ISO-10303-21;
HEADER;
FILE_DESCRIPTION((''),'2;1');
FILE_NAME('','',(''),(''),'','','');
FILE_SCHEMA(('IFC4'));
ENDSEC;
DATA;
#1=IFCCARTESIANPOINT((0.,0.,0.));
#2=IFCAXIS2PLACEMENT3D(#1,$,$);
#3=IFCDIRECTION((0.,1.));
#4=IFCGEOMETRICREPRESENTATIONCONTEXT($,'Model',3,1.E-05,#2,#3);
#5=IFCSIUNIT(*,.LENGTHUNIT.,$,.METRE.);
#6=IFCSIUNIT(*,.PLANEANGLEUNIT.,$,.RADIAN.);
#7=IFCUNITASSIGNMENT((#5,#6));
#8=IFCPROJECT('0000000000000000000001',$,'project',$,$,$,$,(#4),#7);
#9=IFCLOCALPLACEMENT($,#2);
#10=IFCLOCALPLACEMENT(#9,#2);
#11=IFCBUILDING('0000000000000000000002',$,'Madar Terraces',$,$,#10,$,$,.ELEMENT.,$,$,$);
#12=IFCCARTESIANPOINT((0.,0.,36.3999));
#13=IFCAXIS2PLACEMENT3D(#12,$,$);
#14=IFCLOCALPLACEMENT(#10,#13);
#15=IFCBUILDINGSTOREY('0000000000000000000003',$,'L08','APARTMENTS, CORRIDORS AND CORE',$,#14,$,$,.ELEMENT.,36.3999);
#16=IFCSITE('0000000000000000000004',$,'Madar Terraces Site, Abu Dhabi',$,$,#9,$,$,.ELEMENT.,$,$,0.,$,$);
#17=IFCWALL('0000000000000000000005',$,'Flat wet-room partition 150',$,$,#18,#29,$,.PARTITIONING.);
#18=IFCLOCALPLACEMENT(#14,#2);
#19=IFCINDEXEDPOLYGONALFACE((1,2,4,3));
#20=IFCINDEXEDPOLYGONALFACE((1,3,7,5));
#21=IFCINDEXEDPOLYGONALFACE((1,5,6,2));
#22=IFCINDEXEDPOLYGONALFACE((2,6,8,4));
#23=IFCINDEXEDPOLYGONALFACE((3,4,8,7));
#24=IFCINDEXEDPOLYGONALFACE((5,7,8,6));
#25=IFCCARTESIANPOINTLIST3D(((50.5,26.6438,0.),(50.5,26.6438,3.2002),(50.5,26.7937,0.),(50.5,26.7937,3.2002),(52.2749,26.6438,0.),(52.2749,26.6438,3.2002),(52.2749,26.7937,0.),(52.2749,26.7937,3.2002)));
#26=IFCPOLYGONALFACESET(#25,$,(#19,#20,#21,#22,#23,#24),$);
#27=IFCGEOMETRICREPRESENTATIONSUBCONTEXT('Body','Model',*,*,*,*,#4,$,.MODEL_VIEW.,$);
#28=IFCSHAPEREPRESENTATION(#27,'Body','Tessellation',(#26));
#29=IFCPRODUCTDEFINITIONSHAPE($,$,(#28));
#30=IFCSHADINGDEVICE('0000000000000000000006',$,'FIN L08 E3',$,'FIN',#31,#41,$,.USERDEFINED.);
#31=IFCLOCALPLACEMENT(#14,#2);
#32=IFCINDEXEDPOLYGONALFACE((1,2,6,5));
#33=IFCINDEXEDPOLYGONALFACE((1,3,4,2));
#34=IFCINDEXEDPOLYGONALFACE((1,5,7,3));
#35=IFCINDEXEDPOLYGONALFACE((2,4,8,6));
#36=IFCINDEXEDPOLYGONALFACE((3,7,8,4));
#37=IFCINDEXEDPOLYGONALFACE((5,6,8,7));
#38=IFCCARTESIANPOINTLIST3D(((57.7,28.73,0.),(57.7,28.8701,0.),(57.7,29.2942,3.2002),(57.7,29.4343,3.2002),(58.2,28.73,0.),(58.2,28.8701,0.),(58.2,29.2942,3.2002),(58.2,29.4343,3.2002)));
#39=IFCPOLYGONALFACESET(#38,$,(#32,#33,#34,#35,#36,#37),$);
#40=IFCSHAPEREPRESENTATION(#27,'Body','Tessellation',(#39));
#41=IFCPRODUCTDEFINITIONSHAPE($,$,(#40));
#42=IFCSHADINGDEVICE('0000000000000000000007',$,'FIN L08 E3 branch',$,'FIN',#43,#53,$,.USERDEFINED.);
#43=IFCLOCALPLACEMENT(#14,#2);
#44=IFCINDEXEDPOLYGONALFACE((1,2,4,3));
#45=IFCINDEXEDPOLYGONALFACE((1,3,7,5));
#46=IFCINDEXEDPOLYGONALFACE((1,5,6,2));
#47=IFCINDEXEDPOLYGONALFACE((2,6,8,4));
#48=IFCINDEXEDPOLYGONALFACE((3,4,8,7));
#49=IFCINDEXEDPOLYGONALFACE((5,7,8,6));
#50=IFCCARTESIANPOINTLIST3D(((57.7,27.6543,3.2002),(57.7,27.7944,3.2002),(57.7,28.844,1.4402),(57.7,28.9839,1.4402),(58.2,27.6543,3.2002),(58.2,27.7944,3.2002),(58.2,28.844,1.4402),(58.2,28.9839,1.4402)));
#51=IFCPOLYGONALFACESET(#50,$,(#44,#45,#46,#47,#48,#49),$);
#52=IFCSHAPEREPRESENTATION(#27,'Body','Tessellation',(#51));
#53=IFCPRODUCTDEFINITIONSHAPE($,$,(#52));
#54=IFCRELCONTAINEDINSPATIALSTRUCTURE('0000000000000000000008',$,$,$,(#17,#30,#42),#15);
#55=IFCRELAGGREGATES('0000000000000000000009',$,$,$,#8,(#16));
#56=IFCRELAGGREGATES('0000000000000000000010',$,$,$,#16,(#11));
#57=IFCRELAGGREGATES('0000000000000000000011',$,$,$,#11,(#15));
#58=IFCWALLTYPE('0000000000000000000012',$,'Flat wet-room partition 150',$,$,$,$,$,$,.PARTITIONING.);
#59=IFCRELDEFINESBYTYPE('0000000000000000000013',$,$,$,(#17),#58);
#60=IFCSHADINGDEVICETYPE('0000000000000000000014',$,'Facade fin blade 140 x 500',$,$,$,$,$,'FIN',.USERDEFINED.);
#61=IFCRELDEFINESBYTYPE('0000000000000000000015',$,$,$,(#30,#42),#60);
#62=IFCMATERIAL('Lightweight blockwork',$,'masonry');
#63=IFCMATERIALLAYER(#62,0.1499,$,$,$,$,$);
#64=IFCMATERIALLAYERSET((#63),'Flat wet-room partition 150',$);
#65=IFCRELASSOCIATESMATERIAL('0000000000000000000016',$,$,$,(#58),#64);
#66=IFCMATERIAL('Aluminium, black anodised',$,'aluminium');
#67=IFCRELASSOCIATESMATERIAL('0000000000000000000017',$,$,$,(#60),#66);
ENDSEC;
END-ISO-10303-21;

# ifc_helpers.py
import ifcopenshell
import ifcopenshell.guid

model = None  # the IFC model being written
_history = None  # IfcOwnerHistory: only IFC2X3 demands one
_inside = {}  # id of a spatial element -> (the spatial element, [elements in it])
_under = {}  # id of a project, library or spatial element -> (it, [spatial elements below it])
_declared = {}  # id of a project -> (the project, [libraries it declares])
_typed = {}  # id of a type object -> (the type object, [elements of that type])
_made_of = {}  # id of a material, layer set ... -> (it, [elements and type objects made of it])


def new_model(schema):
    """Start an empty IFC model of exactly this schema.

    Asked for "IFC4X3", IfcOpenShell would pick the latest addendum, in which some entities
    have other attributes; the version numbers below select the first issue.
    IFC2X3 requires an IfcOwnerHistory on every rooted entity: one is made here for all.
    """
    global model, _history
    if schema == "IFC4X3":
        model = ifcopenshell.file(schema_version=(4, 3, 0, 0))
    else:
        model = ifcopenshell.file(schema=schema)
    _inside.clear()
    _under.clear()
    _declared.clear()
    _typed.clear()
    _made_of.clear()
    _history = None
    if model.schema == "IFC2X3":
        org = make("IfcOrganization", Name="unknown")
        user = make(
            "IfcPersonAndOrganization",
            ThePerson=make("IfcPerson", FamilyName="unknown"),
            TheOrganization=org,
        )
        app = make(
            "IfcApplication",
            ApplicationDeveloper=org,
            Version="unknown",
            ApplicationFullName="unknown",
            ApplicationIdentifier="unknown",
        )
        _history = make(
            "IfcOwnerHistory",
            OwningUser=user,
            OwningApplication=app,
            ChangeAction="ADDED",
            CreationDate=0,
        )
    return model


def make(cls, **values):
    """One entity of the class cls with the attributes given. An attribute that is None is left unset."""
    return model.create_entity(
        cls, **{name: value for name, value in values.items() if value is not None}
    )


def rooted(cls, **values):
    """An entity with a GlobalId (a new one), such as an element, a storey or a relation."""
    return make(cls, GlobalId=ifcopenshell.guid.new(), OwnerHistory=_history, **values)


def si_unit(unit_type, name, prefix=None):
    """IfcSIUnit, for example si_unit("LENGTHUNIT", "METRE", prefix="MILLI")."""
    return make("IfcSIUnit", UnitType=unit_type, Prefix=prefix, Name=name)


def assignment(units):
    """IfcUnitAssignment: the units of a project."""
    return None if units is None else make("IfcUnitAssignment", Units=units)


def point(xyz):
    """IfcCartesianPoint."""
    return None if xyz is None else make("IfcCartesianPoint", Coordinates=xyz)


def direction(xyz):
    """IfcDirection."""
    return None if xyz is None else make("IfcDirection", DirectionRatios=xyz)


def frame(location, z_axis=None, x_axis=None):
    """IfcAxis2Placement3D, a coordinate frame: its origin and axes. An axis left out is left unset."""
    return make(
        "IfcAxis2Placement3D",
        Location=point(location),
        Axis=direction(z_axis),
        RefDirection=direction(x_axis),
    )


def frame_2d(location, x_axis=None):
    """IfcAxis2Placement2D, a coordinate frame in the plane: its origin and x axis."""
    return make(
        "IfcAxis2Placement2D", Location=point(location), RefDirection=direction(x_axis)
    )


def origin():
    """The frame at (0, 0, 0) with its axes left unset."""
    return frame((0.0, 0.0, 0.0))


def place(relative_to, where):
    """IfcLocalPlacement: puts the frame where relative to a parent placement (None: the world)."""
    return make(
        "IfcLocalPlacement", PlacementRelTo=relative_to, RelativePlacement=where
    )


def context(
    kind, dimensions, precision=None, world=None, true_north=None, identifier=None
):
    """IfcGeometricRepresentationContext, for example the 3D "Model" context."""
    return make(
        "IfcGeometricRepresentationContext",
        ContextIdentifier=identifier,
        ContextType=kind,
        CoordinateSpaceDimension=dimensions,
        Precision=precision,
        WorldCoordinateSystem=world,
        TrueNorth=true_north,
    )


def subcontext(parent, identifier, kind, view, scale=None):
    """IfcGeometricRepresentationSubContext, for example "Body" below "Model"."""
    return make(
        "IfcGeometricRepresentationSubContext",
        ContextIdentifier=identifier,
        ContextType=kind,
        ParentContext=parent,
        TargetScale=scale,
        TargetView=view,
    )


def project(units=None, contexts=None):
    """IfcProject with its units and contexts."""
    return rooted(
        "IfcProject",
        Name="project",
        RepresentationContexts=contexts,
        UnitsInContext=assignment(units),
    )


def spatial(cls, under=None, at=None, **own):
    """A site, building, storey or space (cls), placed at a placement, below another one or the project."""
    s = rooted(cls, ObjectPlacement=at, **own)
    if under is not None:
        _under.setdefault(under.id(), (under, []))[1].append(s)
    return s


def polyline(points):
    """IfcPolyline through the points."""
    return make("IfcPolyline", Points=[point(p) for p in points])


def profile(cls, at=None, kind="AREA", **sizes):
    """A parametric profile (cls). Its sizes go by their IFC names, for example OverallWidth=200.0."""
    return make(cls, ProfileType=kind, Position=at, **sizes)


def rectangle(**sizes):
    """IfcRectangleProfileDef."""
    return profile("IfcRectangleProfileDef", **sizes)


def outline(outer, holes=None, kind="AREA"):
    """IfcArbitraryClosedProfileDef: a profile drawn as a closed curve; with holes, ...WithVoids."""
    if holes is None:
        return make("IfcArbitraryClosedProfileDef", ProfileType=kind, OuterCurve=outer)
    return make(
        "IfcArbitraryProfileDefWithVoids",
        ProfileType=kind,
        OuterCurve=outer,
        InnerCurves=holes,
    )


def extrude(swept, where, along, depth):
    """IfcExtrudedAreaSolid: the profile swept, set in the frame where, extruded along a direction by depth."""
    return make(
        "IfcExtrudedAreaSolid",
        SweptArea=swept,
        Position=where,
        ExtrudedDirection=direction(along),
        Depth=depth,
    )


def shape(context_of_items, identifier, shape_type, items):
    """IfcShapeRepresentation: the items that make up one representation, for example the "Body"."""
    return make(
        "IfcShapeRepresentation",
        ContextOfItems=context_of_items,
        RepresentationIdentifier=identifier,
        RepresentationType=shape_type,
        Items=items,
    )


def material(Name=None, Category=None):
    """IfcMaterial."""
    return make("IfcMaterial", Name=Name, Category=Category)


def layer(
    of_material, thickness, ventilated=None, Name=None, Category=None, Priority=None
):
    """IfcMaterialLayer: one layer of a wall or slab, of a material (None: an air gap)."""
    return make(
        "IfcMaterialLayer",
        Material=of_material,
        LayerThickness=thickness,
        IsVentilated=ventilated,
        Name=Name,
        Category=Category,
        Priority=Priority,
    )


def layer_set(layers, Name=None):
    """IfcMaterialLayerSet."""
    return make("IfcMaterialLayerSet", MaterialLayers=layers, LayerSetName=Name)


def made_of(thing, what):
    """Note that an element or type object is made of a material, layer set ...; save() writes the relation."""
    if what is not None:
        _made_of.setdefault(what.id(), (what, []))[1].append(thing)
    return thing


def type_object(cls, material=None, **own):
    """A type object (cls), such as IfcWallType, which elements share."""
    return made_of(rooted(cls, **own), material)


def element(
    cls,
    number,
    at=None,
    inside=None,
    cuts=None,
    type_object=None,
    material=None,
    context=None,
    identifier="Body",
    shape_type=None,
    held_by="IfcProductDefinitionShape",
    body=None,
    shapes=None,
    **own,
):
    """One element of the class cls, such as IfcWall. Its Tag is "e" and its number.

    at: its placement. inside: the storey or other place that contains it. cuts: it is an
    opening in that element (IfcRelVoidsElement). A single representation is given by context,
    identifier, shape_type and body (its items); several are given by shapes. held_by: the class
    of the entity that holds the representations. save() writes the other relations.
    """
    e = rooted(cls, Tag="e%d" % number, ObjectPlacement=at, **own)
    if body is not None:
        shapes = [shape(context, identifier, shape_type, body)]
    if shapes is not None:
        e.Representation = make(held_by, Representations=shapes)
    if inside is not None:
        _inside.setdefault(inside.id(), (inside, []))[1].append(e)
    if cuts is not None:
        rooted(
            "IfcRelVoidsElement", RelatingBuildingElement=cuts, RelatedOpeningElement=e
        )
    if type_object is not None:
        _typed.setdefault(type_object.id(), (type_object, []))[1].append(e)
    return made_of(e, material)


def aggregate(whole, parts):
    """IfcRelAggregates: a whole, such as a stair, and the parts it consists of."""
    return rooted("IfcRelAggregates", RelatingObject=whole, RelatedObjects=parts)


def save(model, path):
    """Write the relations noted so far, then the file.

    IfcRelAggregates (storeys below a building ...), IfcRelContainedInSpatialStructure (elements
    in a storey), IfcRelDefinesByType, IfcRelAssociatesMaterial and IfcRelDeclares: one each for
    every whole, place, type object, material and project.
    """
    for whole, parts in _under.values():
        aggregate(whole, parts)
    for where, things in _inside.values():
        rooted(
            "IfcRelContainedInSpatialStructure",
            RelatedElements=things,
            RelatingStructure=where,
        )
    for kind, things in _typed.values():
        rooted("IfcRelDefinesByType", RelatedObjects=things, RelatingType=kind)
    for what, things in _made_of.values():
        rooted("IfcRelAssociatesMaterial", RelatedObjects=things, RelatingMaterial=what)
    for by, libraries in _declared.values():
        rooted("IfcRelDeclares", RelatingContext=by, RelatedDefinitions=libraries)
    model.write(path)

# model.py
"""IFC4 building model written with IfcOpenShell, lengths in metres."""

from ifc_helpers import new_model, si_unit, direction, frame, frame_2d, origin, place, context, subcontext, project, spatial, polyline, rectangle, outline, extrude, material, layer, layer_set, type_object, element, save


model = new_model("IFC4")

# Units and contexts
model_context = context("Model", 3, precision=1e-05, world=origin(), true_north=direction((0.0, 1.0)))
body_context = subcontext(model_context, "Body", "Model", "MODEL_VIEW")
ifc_project = project(units=[si_unit("LENGTHUNIT", "METRE"), si_unit("PLANEANGLEUNIT", "RADIAN")], contexts=[model_context])

# Site, building, storey
site_placement = place(None, origin())
site = spatial("IfcSite", under=ifc_project, at=site_placement, Name="Madar Terraces Site, Abu Dhabi", CompositionType="ELEMENT", RefElevation=0.0)
building_placement = place(site_placement, origin())
building = spatial("IfcBuilding", under=site, at=building_placement, Name="Madar Terraces", CompositionType="ELEMENT")
storey_placement = place(building_placement, frame((0.0, 0.0, 36.3999)))
storey = spatial("IfcBuildingStorey", under=building, at=storey_placement, Name="L08", Description="APARTMENTS, CORRIDORS AND CORE", CompositionType="ELEMENT", Elevation=36.3999)

# Wall
ifc_material_1 = material(Name="Lightweight blockwork", Category="masonry")
ifc_layer_1 = layer(ifc_material_1, 0.1499)
ifc_layer_set_1 = layer_set([ifc_layer_1], Name="Flat wet-room partition 150")
wall_type_1 = type_object("IfcWallType", Name="Flat wet-room partition 150", PredefinedType="PARTITIONING", material=ifc_layer_set_1)
wall_1_placement = place(storey_placement, frame((50.5, 26.7188, 0.0), z_axis=(0.0, 0.0, 1.0), x_axis=(1.0, 0.0, 0.0)))
element("IfcWall", 1, at=wall_1_placement, inside=storey, type_object=wall_type_1, Name="Flat wet-room partition 150", PredefinedType="PARTITIONING", context=body_context, shape_type="SweptSolid", body=[
    extrude(rectangle(XDim=1.7749, YDim=0.1499, at=frame_2d((0.8875, 0.0))), origin(), (0.0, 0.0, 1.0), 3.2002),
])

# Shading devices
ifc_material_2 = material(Name="Aluminium, black anodised", Category="aluminium")
shading_device_type = type_object("IfcShadingDeviceType", Name="Facade fin blade 140 x 500", ElementType="FIN", PredefinedType="USERDEFINED", material=ifc_material_2)
shading_device_1_placement = place(storey_placement, frame((57.95, 28.73, 0.0), z_axis=(0.0, 0.0, 1.0), x_axis=(0.0, 1.0, 0.0)))
element("IfcShadingDevice", 2, at=shading_device_1_placement, inside=storey, type_object=shading_device_type, Name="FIN L08 E3", ObjectType="FIN", PredefinedType="USERDEFINED", context=body_context, shape_type="SweptSolid", body=[
    extrude(outline(polyline([(0.0, 0.0), (0.1401, 0.0), (0.7043, 3.2002), (0.5642, 3.2002), (0.0, 0.0)])), frame((0.0, 0.25, 0.0), z_axis=(0.0, -1.0, 0.0), x_axis=(1.0, 0.0, 0.0)), (0.0, 0.0, 1.0), 0.5),
])
shading_device_2_placement = place(storey_placement, frame((57.95, 28.844, 1.4402), z_axis=(0.0, 0.0, 1.0), x_axis=(0.0, 1.0, 0.0)))
element("IfcShadingDevice", 3, at=shading_device_2_placement, inside=storey, type_object=shading_device_type, Name="FIN L08 E3 branch", ObjectType="FIN", PredefinedType="USERDEFINED", context=body_context, shape_type="SweptSolid", body=[
    extrude(outline(polyline([(0.0, 0.0), (0.1399, 0.0), (-1.0496, 1.76), (-1.1897, 1.76), (0.0, 0.0)])), frame((0.0, 0.25, 0.0), z_axis=(0.0, -1.0, 0.0), x_axis=(1.0, 0.0, 0.0)), (0.0, 0.0, 1.0), 0.5),
])

save(model, "model.ifc")
